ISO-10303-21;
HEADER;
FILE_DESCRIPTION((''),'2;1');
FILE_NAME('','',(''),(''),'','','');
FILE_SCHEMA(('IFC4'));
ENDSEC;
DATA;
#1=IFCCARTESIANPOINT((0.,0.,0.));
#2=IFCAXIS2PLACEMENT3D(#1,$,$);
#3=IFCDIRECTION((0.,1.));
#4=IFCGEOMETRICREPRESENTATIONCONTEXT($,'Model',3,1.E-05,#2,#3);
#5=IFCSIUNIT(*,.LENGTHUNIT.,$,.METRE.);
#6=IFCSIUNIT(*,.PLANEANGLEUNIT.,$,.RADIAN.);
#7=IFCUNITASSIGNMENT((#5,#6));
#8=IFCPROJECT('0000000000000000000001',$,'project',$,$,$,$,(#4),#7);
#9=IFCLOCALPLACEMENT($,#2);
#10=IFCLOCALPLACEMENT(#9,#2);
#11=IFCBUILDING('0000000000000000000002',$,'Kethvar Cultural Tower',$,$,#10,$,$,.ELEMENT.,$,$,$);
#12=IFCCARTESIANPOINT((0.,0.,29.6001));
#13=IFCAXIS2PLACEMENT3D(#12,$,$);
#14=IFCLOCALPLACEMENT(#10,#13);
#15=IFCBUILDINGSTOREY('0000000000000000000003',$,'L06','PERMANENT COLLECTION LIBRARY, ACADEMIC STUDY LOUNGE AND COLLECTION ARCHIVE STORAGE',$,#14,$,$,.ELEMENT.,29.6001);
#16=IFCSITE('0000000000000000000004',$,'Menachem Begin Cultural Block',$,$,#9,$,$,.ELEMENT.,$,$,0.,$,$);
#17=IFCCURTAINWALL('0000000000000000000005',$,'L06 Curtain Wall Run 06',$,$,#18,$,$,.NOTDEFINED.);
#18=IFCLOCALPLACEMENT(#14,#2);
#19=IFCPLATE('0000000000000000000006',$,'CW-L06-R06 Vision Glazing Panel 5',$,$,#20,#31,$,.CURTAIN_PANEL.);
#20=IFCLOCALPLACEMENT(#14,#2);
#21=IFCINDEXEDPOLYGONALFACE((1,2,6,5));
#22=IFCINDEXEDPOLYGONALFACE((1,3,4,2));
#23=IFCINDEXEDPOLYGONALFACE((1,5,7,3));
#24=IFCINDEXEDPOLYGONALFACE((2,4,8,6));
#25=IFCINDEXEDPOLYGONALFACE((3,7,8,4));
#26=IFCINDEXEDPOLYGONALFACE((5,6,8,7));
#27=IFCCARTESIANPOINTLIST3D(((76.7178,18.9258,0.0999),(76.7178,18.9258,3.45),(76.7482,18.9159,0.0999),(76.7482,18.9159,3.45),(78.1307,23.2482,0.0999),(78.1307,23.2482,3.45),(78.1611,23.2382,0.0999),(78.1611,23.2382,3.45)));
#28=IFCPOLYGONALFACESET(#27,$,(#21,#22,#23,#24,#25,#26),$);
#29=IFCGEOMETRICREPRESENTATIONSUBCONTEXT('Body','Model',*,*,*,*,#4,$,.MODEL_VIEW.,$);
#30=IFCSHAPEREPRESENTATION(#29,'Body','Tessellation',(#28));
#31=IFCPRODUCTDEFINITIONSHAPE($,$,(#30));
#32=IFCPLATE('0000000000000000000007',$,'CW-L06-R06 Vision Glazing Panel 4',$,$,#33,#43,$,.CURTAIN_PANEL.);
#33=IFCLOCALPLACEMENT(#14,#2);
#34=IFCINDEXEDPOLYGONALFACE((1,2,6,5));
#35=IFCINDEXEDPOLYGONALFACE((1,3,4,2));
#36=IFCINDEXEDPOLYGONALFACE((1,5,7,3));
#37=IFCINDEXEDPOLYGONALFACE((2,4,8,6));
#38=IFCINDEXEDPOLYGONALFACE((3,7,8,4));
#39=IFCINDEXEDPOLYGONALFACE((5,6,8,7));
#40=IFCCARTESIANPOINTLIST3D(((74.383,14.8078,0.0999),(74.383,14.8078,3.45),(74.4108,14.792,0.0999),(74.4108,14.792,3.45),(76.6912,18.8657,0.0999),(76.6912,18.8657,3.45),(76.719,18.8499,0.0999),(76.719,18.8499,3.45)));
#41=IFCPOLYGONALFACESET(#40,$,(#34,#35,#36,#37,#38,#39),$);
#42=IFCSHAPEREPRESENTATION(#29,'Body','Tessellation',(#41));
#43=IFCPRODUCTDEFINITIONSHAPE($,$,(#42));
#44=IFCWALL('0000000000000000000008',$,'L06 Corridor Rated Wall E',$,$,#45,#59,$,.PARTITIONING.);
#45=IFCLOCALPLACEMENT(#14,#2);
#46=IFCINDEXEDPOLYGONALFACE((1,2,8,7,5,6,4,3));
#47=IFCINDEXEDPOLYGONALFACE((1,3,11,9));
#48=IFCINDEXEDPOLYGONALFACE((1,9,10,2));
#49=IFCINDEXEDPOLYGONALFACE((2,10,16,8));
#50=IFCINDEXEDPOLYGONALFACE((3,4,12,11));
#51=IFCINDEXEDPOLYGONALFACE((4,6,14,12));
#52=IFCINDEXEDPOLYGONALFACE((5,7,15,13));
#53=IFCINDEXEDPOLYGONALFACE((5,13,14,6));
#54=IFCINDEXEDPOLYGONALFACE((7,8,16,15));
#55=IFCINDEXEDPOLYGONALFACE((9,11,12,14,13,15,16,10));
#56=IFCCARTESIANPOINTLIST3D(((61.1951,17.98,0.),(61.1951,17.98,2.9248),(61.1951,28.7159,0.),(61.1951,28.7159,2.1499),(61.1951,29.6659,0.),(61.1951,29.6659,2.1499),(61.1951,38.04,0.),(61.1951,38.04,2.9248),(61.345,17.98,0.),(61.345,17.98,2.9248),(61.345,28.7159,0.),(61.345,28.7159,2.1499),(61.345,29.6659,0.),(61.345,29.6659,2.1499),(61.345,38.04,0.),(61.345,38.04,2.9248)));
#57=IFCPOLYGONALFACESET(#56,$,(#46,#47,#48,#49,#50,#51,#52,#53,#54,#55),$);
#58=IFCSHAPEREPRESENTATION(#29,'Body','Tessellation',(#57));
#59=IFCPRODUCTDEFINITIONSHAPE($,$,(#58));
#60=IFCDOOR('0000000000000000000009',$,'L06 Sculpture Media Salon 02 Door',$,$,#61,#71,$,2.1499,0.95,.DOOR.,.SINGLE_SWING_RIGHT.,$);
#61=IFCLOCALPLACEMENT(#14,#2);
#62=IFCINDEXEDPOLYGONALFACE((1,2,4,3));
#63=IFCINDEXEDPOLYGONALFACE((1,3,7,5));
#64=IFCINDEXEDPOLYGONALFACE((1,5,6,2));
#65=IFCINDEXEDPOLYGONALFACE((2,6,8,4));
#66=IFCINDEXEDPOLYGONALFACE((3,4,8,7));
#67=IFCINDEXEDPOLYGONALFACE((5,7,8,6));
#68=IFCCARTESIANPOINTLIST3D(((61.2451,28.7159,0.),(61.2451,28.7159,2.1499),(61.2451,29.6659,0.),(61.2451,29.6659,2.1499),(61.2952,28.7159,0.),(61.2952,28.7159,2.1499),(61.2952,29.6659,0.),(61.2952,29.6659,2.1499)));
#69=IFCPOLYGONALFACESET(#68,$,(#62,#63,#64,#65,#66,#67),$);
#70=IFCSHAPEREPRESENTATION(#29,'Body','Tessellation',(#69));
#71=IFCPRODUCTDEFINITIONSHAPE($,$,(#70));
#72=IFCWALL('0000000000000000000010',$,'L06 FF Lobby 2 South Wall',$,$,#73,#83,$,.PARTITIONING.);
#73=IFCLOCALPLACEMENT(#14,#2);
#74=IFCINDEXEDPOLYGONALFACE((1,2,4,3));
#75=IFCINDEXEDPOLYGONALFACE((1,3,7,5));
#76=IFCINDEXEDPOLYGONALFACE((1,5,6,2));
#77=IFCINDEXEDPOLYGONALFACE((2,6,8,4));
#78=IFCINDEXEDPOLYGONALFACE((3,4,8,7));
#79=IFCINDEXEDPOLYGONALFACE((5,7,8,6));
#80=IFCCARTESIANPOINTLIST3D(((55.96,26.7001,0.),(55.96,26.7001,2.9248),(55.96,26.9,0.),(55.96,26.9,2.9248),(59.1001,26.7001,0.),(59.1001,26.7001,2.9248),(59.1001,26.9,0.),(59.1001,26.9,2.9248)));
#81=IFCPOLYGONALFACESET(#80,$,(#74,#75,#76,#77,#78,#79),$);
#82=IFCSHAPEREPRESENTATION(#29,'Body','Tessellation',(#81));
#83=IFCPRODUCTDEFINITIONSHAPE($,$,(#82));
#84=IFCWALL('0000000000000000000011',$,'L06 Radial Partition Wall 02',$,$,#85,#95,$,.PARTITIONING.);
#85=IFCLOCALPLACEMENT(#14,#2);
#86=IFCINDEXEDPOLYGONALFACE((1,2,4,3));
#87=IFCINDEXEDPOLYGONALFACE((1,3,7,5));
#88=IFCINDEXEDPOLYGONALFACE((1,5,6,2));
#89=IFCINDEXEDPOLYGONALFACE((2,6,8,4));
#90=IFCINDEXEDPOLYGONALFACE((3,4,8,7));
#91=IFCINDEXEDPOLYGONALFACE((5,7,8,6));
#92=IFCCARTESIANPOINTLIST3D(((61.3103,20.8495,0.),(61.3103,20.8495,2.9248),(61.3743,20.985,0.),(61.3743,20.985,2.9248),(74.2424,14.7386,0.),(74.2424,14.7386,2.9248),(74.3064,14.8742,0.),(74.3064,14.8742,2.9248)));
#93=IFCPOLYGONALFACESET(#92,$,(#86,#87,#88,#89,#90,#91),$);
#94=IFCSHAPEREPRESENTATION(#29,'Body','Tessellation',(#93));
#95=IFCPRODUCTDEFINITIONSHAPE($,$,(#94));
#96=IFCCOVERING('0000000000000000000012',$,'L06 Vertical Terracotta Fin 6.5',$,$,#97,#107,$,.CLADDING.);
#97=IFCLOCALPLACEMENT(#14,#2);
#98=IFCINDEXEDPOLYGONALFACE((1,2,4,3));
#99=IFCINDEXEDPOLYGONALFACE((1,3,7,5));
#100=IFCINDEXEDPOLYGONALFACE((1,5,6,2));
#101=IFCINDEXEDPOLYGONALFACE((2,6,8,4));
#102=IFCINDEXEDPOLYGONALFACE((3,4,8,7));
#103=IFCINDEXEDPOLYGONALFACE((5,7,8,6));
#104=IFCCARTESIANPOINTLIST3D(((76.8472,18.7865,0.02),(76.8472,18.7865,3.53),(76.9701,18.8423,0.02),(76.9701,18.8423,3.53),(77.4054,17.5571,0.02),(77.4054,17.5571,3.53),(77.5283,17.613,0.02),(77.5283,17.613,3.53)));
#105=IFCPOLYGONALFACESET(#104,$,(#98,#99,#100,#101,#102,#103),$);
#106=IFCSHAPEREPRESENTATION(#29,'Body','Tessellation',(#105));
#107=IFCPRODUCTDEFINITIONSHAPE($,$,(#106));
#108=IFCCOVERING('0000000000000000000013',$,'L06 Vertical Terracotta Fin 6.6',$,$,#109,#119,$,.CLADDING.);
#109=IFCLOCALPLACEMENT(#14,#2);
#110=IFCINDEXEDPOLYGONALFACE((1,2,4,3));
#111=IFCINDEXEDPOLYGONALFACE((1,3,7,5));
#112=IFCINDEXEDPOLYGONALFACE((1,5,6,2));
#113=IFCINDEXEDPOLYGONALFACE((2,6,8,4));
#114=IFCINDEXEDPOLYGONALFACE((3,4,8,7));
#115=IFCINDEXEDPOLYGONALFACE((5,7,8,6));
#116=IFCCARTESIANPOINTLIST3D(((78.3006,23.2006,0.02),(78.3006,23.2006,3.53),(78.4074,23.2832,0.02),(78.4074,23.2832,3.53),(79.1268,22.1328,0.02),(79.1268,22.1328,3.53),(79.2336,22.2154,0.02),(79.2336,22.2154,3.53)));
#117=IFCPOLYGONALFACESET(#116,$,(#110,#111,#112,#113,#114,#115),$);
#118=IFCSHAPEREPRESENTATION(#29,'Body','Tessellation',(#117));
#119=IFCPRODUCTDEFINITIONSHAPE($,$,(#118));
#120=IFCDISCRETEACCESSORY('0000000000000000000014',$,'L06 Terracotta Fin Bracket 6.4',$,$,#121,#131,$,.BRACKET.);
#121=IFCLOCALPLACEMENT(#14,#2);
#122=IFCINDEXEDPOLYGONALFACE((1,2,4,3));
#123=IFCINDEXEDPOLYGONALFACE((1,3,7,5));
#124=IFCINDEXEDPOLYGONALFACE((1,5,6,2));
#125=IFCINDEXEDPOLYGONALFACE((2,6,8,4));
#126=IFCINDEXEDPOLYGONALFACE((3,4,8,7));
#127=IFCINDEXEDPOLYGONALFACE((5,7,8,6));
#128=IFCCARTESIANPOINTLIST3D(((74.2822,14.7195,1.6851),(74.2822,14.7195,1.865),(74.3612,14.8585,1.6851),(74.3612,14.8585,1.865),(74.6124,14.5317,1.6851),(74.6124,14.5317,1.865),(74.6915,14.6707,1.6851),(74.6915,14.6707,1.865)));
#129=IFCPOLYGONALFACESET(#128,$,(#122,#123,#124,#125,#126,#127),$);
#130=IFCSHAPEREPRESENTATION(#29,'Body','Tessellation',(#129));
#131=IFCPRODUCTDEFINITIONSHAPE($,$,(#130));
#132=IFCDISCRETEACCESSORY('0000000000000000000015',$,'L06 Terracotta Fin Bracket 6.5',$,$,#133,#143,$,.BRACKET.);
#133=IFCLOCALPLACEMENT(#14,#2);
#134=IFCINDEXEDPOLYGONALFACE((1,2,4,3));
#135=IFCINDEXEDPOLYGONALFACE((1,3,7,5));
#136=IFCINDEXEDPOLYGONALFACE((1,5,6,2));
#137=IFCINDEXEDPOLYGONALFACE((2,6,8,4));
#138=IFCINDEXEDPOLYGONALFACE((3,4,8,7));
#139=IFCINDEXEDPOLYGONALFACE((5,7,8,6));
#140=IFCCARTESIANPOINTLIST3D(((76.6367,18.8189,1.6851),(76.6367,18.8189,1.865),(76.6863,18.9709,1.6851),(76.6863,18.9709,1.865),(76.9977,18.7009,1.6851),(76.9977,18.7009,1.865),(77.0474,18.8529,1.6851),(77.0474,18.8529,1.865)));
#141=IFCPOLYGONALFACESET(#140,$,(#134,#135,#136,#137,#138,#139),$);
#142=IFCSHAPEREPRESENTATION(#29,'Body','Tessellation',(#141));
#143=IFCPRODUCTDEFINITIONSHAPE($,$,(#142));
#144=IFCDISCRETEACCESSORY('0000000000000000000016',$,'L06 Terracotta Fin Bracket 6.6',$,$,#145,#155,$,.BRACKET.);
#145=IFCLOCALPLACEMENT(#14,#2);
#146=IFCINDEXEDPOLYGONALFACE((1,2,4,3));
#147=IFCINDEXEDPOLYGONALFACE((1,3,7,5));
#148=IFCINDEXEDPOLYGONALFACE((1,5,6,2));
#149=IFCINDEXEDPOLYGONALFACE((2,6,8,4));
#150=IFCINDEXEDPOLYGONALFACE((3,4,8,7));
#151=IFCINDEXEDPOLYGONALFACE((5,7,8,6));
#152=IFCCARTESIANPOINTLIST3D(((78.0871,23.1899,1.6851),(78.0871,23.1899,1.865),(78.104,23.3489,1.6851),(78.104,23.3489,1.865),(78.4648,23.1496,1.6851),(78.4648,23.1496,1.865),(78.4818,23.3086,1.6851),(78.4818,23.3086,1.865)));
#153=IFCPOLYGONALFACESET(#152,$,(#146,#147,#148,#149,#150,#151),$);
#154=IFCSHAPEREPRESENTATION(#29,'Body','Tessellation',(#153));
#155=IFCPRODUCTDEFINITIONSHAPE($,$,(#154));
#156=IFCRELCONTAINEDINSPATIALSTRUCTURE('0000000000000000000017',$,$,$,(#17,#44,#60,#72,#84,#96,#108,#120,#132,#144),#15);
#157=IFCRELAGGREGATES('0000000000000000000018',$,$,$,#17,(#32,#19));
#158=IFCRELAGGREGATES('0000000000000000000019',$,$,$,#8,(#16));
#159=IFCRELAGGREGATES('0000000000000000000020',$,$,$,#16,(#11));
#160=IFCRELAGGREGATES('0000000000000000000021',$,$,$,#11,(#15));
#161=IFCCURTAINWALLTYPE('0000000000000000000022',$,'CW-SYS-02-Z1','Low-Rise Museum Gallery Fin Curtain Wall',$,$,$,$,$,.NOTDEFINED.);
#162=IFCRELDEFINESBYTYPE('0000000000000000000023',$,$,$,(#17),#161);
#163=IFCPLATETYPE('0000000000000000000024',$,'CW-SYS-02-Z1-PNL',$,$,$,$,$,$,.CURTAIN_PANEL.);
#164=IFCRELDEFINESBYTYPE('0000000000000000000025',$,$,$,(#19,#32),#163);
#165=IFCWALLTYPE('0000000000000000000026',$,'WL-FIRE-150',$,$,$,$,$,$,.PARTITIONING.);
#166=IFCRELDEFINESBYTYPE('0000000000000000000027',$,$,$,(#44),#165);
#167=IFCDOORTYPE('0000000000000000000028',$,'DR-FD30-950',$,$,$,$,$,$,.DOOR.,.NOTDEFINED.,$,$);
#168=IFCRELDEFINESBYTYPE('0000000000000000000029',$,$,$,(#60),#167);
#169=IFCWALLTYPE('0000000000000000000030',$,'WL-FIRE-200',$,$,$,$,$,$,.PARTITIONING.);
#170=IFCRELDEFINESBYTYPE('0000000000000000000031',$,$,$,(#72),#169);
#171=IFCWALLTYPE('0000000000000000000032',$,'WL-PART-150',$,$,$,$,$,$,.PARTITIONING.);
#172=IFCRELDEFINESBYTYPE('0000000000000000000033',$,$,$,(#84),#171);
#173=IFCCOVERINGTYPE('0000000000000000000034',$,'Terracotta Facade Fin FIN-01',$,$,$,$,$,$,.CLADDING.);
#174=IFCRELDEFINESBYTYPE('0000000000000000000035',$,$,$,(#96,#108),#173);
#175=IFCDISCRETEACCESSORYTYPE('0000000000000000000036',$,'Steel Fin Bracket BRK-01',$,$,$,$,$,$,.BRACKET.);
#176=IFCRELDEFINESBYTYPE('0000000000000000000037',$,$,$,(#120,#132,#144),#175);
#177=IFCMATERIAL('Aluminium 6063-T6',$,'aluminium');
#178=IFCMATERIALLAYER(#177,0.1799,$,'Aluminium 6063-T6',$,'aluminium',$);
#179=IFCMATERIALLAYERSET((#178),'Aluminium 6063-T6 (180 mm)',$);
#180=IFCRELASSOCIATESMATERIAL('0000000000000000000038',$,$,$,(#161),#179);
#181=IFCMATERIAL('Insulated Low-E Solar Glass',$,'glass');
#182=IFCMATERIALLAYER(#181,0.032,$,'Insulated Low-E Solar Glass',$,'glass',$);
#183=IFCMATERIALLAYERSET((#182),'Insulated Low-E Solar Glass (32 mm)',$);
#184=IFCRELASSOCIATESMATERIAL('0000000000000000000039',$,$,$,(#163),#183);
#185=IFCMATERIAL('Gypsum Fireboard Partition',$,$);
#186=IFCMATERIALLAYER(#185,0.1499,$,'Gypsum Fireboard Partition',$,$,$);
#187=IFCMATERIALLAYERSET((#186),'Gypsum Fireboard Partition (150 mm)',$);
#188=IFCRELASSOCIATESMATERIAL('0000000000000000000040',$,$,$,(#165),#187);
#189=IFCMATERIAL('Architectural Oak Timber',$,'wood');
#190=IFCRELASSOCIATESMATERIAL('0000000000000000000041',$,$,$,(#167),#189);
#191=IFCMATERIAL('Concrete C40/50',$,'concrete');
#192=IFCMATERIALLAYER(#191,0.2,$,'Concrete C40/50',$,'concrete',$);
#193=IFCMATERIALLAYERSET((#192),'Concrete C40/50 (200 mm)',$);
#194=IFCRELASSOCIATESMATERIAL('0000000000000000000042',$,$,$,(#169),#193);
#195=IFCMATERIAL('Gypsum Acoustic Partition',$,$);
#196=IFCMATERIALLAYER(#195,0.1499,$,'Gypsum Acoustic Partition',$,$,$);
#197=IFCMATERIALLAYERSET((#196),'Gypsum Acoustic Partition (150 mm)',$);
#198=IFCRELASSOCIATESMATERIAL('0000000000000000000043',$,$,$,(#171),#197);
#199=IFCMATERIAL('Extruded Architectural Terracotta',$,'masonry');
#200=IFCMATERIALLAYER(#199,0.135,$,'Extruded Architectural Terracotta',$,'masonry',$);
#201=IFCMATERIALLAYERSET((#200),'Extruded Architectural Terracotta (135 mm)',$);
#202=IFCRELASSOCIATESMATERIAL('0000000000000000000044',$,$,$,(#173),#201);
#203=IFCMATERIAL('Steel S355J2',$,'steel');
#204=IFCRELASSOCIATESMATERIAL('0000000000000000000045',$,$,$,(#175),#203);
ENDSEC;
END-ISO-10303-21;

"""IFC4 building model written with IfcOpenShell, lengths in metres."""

from ifc_helpers import new_model, si_unit, direction, frame, frame_2d, origin, origin_2d, place, context, subcontext, project, spatial, rectangle, extrude, source, transform, mapped, material, layer, layer_set, type_object, element, fill, aggregate, save


model = new_model("IFC4")

# Units and contexts
model_context = context("Model", 3, precision=1e-05, world=origin(), true_north=direction((0.0, 1.0)))
body_context = subcontext(model_context, "Body", "Model", "MODEL_VIEW")
ifc_project = project(units=[si_unit("LENGTHUNIT", "METRE"), si_unit("PLANEANGLEUNIT", "RADIAN")], contexts=[model_context])

# Site, building, storey
site_placement = place(None, origin())
site = spatial("IfcSite", under=ifc_project, at=site_placement, Name="Menachem Begin Cultural Block", CompositionType="ELEMENT", RefElevation=0.0)
building_placement = place(site_placement, origin())
building = spatial("IfcBuilding", under=site, at=building_placement, Name="Kethvar Cultural Tower", CompositionType="ELEMENT")
storey_placement = place(building_placement, frame((0.0, 0.0, 29.6001)))
storey = spatial("IfcBuildingStorey", under=building, at=storey_placement, Name="L06", Description="PERMANENT COLLECTION LIBRARY, ACADEMIC STUDY LOUNGE AND COLLECTION ARCHIVE STORAGE", CompositionType="ELEMENT", Elevation=29.6001)

# Shared definitions
ifc_material_1 = material(Name="Steel S355J2", Category="steel")

# Curtain wall, plates
ifc_material_2 = material(Name="Aluminium 6063-T6", Category="aluminium")
ifc_layer_1 = layer(ifc_material_2, 0.1799, Name="Aluminium 6063-T6", Category="aluminium")
ifc_layer_set_1 = layer_set([ifc_layer_1], Name="Aluminium 6063-T6 (180 mm)")
curtain_wall_type = type_object("IfcCurtainWallType", Name="CW-SYS-02-Z1", Description="Low-Rise Museum Gallery Fin Curtain Wall", PredefinedType="NOTDEFINED", material=ifc_layer_set_1)
curtain_wall_placement = place(storey_placement, origin())
curtain_wall = element("IfcCurtainWall", 1, at=curtain_wall_placement, inside=storey, type_object=curtain_wall_type, Name="L06 Curtain Wall Run 06", PredefinedType="NOTDEFINED")
ifc_material_3 = material(Name="Insulated Low-E Solar Glass", Category="glass")
ifc_layer_2 = layer(ifc_material_3, 0.032, Name="Insulated Low-E Solar Glass", Category="glass")
ifc_layer_set_2 = layer_set([ifc_layer_2], Name="Insulated Low-E Solar Glass (32 mm)")
plate_type = type_object("IfcPlateType", Name="CW-SYS-02-Z1-PNL", PredefinedType="CURTAIN_PANEL", material=ifc_layer_set_2)
shared_shape_1 = source(origin(), body_context, "Body", "SweptSolid", [
    extrude(rectangle(XDim=4.5474, YDim=0.032, at=origin_2d()), origin(), (0.0, 0.0, 1.0), 3.3501),
])
plate_1_placement = place(storey_placement, frame((77.4395, 21.082, 0.0999), z_axis=(0.0, 0.0, 1.0), x_axis=(0.310693, 0.95051, 0.0)))
plate_1 = element("IfcPlate", 2, at=plate_1_placement, type_object=plate_type, Name="CW-L06-R06 Vision Glazing Panel 5", PredefinedType="CURTAIN_PANEL", context=body_context, shape_type="MappedRepresentation", body=[
    mapped(shared_shape_1, transform((0.0, 0.0, 0.0), scale=1.0)),
])
shared_shape_2 = source(origin(), body_context, "Body", "SweptSolid", [
    extrude(rectangle(XDim=4.6685, YDim=0.032, at=origin_2d()), origin(), (0.0, 0.0, 1.0), 3.3501),
])
plate_2_placement = place(storey_placement, frame((75.551, 16.8289, 0.0999), z_axis=(0.0, 0.0, 1.0), x_axis=(0.494427, 0.869219, 0.0)))
plate_2 = element("IfcPlate", 3, at=plate_2_placement, type_object=plate_type, Name="CW-L06-R06 Vision Glazing Panel 4", PredefinedType="CURTAIN_PANEL", context=body_context, shape_type="MappedRepresentation", body=[
    mapped(shared_shape_2, transform((0.0, 0.0, 0.0), scale=1.0)),
])
aggregate(curtain_wall, [plate_2, plate_1])

# Wall, opening, door
ifc_material_4 = material(Name="Gypsum Fireboard Partition")
ifc_layer_3 = layer(ifc_material_4, 0.1499, Name="Gypsum Fireboard Partition")
ifc_layer_set_3 = layer_set([ifc_layer_3], Name="Gypsum Fireboard Partition (150 mm)")
wall_type_1 = type_object("IfcWallType", Name="WL-FIRE-150", PredefinedType="PARTITIONING", material=ifc_layer_set_3)
wall_1_placement = place(storey_placement, frame((61.27, 17.98, 0.0), z_axis=(0.0, 0.0, 1.0), x_axis=(0.0, 1.0, 0.0)))
wall_1 = element("IfcWall", 4, at=wall_1_placement, inside=storey, type_object=wall_type_1, Name="L06 Corridor Rated Wall E", PredefinedType="PARTITIONING", context=body_context, shape_type="SweptSolid", body=[
    extrude(rectangle(XDim=20.0601, YDim=0.1499, at=frame_2d((10.03, 0.0))), origin(), (0.0, 0.0, 1.0), 2.9248),
])
opening_1_placement = place(wall_1_placement, frame((10.7358, 0.0, 0.0)))
opening_1 = element("IfcOpeningElement", 5, at=opening_1_placement, cuts=wall_1, PredefinedType="OPENING", context=body_context, shape_type="SweptSolid", body=[
    extrude(rectangle(XDim=0.95, YDim=2.1499, at=frame_2d((0.4751, 1.075))), frame((0.0, 0.085, 0.0), z_axis=(0.0, -1.0, 0.0), x_axis=(1.0, 0.0, 0.0)), (0.0, 0.0, 1.0), 0.1699),
])
ifc_material_5 = material(Name="Architectural Oak Timber", Category="wood")
door_type_1 = type_object("IfcDoorType", Name="DR-FD30-950", OperationType="NOTDEFINED", PredefinedType="DOOR", material=ifc_material_5)
shared_shape_3 = source(origin(), body_context, "Body", "SweptSolid", [
    extrude(rectangle(XDim=0.95, YDim=2.1499, at=frame_2d((0.4751, 1.075))), frame((0.0, 0.0249, 0.0), z_axis=(0.0, -1.0, 0.0), x_axis=(1.0, 0.0, 0.0)), (0.0, 0.0, 1.0), 0.05),
])
door_1_placement = place(opening_1_placement, origin())
door_1 = element("IfcDoor", 6, at=door_1_placement, inside=storey, type_object=door_type_1, Name="L06 Sculpture Media Salon 02 Door", OperationType="SINGLE_SWING_RIGHT", OverallHeight=2.1499, OverallWidth=0.95, PredefinedType="DOOR", context=body_context, shape_type="MappedRepresentation", body=[
    mapped(shared_shape_3, transform((0.0, 0.0, 0.0), scale=1.0)),
])
fill(opening_1, door_1)
ifc_material_6 = material(Name="Concrete C40/50", Category="concrete")
ifc_layer_4 = layer(ifc_material_6, 0.2, Name="Concrete C40/50", Category="concrete")
ifc_layer_set_4 = layer_set([ifc_layer_4], Name="Concrete C40/50 (200 mm)")
wall_type_2 = type_object("IfcWallType", Name="WL-FIRE-200", PredefinedType="PARTITIONING", material=ifc_layer_set_4)

# Walls
wall_2_placement = place(storey_placement, frame((55.96, 26.8, 0.0), z_axis=(0.0, 0.0, 1.0), x_axis=(1.0, 0.0, 0.0)))
element("IfcWall", 7, at=wall_2_placement, inside=storey, type_object=wall_type_2, Name="L06 FF Lobby 2 South Wall", PredefinedType="PARTITIONING", context=body_context, shape_type="SweptSolid", body=[
    extrude(rectangle(XDim=3.1401, YDim=0.2, at=frame_2d((1.5701, 0.0))), origin(), (0.0, 0.0, 1.0), 2.9248),
])
ifc_material_7 = material(Name="Gypsum Acoustic Partition")
ifc_layer_5 = layer(ifc_material_7, 0.1499, Name="Gypsum Acoustic Partition")
ifc_layer_set_5 = layer_set([ifc_layer_5], Name="Gypsum Acoustic Partition (150 mm)")
wall_type_3 = type_object("IfcWallType", Name="WL-PART-150", PredefinedType="PARTITIONING", material=ifc_layer_set_5)
wall_3_placement = place(storey_placement, frame((61.3423, 20.9172, 0.0), z_axis=(0.0, 0.0, 1.0), x_axis=(0.904141, -0.427235, 0.0)))
element("IfcWall", 8, at=wall_3_placement, inside=storey, type_object=wall_type_3, Name="L06 Radial Partition Wall 02", PredefinedType="PARTITIONING", context=body_context, shape_type="SweptSolid", body=[
    extrude(rectangle(XDim=14.3032, YDim=0.1499, at=frame_2d((7.1516, 0.0))), origin(), (0.0, 0.0, 1.0), 2.9248),
])

# Coverings
ifc_material_8 = material(Name="Extruded Architectural Terracotta", Category="masonry")
ifc_layer_6 = layer(ifc_material_8, 0.135, Name="Extruded Architectural Terracotta", Category="masonry")
ifc_layer_set_6 = layer_set([ifc_layer_6], Name="Extruded Architectural Terracotta (135 mm)")
covering_type = type_object("IfcCoveringType", Name="Terracotta Facade Fin FIN-01", PredefinedType="CLADDING", material=ifc_layer_set_6)
shared_shape_4 = source(origin(), body_context, "Body", "SweptSolid", [
    extrude(rectangle(XDim=1.3501, YDim=0.135, at=origin_2d()), origin(), (0.0, 0.0, 1.0), 3.51),
])
for number, where, z_axis, x_axis, name in (
    (9, (77.1877, 18.1997, 0.02), (0.0, 0.0, 1.0), (0.413422, -0.910539, 0.0), "L06 Vertical Terracotta Fin 6.5"),
    (10, (78.7671, 22.708, 0.02), (0.0, 0.0, 1.0), (0.611941, -0.790903, 0.0), "L06 Vertical Terracotta Fin 6.6"),
):
    element("IfcCovering", number, at=place(storey_placement, frame(where, z_axis=z_axis, x_axis=x_axis)), inside=storey, type_object=covering_type, Name=name, PredefinedType="CLADDING", context=body_context, shape_type="MappedRepresentation", body=[
        mapped(shared_shape_4, transform((0.0, 0.0, 0.0), scale=1.0)),
    ])

# Discrete accessories
discrete_accessory_type = type_object("IfcDiscreteAccessoryType", Name="Steel Fin Bracket BRK-01", PredefinedType="BRACKET", material=ifc_material_1)
shared_shape_5 = source(origin(), body_context, "Body", "SweptSolid", [
    extrude(rectangle(XDim=0.3799, YDim=0.1599, at=origin_2d()), origin(), (0.0, 0.0, 1.0), 0.1799),
])
for number, where, z_axis, x_axis, name in (
    (11, (74.4868, 14.6951, 1.6851), (0.0, 0.0, 1.0), (0.869236, -0.494397, 0.0), "L06 Terracotta Fin Bracket 6.4"),
    (12, (76.842, 18.8359, 1.6851), (0.0, 0.0, 1.0), (0.950516, -0.310676, 0.0), "L06 Terracotta Fin Bracket 6.5"),
    (13, (78.2844, 23.2493, 1.6851), (0.0, 0.0, 1.0), (0.994356, -0.106091, 0.0), "L06 Terracotta Fin Bracket 6.6"),
):
    element("IfcDiscreteAccessory", number, at=place(storey_placement, frame(where, z_axis=z_axis, x_axis=x_axis)), inside=storey, type_object=discrete_accessory_type, Name=name, PredefinedType="BRACKET", context=body_context, shape_type="MappedRepresentation", body=[
        mapped(shared_shape_5, transform((0.0, 0.0, 0.0), scale=1.0)),
    ])

save(model, "model.ifc")
